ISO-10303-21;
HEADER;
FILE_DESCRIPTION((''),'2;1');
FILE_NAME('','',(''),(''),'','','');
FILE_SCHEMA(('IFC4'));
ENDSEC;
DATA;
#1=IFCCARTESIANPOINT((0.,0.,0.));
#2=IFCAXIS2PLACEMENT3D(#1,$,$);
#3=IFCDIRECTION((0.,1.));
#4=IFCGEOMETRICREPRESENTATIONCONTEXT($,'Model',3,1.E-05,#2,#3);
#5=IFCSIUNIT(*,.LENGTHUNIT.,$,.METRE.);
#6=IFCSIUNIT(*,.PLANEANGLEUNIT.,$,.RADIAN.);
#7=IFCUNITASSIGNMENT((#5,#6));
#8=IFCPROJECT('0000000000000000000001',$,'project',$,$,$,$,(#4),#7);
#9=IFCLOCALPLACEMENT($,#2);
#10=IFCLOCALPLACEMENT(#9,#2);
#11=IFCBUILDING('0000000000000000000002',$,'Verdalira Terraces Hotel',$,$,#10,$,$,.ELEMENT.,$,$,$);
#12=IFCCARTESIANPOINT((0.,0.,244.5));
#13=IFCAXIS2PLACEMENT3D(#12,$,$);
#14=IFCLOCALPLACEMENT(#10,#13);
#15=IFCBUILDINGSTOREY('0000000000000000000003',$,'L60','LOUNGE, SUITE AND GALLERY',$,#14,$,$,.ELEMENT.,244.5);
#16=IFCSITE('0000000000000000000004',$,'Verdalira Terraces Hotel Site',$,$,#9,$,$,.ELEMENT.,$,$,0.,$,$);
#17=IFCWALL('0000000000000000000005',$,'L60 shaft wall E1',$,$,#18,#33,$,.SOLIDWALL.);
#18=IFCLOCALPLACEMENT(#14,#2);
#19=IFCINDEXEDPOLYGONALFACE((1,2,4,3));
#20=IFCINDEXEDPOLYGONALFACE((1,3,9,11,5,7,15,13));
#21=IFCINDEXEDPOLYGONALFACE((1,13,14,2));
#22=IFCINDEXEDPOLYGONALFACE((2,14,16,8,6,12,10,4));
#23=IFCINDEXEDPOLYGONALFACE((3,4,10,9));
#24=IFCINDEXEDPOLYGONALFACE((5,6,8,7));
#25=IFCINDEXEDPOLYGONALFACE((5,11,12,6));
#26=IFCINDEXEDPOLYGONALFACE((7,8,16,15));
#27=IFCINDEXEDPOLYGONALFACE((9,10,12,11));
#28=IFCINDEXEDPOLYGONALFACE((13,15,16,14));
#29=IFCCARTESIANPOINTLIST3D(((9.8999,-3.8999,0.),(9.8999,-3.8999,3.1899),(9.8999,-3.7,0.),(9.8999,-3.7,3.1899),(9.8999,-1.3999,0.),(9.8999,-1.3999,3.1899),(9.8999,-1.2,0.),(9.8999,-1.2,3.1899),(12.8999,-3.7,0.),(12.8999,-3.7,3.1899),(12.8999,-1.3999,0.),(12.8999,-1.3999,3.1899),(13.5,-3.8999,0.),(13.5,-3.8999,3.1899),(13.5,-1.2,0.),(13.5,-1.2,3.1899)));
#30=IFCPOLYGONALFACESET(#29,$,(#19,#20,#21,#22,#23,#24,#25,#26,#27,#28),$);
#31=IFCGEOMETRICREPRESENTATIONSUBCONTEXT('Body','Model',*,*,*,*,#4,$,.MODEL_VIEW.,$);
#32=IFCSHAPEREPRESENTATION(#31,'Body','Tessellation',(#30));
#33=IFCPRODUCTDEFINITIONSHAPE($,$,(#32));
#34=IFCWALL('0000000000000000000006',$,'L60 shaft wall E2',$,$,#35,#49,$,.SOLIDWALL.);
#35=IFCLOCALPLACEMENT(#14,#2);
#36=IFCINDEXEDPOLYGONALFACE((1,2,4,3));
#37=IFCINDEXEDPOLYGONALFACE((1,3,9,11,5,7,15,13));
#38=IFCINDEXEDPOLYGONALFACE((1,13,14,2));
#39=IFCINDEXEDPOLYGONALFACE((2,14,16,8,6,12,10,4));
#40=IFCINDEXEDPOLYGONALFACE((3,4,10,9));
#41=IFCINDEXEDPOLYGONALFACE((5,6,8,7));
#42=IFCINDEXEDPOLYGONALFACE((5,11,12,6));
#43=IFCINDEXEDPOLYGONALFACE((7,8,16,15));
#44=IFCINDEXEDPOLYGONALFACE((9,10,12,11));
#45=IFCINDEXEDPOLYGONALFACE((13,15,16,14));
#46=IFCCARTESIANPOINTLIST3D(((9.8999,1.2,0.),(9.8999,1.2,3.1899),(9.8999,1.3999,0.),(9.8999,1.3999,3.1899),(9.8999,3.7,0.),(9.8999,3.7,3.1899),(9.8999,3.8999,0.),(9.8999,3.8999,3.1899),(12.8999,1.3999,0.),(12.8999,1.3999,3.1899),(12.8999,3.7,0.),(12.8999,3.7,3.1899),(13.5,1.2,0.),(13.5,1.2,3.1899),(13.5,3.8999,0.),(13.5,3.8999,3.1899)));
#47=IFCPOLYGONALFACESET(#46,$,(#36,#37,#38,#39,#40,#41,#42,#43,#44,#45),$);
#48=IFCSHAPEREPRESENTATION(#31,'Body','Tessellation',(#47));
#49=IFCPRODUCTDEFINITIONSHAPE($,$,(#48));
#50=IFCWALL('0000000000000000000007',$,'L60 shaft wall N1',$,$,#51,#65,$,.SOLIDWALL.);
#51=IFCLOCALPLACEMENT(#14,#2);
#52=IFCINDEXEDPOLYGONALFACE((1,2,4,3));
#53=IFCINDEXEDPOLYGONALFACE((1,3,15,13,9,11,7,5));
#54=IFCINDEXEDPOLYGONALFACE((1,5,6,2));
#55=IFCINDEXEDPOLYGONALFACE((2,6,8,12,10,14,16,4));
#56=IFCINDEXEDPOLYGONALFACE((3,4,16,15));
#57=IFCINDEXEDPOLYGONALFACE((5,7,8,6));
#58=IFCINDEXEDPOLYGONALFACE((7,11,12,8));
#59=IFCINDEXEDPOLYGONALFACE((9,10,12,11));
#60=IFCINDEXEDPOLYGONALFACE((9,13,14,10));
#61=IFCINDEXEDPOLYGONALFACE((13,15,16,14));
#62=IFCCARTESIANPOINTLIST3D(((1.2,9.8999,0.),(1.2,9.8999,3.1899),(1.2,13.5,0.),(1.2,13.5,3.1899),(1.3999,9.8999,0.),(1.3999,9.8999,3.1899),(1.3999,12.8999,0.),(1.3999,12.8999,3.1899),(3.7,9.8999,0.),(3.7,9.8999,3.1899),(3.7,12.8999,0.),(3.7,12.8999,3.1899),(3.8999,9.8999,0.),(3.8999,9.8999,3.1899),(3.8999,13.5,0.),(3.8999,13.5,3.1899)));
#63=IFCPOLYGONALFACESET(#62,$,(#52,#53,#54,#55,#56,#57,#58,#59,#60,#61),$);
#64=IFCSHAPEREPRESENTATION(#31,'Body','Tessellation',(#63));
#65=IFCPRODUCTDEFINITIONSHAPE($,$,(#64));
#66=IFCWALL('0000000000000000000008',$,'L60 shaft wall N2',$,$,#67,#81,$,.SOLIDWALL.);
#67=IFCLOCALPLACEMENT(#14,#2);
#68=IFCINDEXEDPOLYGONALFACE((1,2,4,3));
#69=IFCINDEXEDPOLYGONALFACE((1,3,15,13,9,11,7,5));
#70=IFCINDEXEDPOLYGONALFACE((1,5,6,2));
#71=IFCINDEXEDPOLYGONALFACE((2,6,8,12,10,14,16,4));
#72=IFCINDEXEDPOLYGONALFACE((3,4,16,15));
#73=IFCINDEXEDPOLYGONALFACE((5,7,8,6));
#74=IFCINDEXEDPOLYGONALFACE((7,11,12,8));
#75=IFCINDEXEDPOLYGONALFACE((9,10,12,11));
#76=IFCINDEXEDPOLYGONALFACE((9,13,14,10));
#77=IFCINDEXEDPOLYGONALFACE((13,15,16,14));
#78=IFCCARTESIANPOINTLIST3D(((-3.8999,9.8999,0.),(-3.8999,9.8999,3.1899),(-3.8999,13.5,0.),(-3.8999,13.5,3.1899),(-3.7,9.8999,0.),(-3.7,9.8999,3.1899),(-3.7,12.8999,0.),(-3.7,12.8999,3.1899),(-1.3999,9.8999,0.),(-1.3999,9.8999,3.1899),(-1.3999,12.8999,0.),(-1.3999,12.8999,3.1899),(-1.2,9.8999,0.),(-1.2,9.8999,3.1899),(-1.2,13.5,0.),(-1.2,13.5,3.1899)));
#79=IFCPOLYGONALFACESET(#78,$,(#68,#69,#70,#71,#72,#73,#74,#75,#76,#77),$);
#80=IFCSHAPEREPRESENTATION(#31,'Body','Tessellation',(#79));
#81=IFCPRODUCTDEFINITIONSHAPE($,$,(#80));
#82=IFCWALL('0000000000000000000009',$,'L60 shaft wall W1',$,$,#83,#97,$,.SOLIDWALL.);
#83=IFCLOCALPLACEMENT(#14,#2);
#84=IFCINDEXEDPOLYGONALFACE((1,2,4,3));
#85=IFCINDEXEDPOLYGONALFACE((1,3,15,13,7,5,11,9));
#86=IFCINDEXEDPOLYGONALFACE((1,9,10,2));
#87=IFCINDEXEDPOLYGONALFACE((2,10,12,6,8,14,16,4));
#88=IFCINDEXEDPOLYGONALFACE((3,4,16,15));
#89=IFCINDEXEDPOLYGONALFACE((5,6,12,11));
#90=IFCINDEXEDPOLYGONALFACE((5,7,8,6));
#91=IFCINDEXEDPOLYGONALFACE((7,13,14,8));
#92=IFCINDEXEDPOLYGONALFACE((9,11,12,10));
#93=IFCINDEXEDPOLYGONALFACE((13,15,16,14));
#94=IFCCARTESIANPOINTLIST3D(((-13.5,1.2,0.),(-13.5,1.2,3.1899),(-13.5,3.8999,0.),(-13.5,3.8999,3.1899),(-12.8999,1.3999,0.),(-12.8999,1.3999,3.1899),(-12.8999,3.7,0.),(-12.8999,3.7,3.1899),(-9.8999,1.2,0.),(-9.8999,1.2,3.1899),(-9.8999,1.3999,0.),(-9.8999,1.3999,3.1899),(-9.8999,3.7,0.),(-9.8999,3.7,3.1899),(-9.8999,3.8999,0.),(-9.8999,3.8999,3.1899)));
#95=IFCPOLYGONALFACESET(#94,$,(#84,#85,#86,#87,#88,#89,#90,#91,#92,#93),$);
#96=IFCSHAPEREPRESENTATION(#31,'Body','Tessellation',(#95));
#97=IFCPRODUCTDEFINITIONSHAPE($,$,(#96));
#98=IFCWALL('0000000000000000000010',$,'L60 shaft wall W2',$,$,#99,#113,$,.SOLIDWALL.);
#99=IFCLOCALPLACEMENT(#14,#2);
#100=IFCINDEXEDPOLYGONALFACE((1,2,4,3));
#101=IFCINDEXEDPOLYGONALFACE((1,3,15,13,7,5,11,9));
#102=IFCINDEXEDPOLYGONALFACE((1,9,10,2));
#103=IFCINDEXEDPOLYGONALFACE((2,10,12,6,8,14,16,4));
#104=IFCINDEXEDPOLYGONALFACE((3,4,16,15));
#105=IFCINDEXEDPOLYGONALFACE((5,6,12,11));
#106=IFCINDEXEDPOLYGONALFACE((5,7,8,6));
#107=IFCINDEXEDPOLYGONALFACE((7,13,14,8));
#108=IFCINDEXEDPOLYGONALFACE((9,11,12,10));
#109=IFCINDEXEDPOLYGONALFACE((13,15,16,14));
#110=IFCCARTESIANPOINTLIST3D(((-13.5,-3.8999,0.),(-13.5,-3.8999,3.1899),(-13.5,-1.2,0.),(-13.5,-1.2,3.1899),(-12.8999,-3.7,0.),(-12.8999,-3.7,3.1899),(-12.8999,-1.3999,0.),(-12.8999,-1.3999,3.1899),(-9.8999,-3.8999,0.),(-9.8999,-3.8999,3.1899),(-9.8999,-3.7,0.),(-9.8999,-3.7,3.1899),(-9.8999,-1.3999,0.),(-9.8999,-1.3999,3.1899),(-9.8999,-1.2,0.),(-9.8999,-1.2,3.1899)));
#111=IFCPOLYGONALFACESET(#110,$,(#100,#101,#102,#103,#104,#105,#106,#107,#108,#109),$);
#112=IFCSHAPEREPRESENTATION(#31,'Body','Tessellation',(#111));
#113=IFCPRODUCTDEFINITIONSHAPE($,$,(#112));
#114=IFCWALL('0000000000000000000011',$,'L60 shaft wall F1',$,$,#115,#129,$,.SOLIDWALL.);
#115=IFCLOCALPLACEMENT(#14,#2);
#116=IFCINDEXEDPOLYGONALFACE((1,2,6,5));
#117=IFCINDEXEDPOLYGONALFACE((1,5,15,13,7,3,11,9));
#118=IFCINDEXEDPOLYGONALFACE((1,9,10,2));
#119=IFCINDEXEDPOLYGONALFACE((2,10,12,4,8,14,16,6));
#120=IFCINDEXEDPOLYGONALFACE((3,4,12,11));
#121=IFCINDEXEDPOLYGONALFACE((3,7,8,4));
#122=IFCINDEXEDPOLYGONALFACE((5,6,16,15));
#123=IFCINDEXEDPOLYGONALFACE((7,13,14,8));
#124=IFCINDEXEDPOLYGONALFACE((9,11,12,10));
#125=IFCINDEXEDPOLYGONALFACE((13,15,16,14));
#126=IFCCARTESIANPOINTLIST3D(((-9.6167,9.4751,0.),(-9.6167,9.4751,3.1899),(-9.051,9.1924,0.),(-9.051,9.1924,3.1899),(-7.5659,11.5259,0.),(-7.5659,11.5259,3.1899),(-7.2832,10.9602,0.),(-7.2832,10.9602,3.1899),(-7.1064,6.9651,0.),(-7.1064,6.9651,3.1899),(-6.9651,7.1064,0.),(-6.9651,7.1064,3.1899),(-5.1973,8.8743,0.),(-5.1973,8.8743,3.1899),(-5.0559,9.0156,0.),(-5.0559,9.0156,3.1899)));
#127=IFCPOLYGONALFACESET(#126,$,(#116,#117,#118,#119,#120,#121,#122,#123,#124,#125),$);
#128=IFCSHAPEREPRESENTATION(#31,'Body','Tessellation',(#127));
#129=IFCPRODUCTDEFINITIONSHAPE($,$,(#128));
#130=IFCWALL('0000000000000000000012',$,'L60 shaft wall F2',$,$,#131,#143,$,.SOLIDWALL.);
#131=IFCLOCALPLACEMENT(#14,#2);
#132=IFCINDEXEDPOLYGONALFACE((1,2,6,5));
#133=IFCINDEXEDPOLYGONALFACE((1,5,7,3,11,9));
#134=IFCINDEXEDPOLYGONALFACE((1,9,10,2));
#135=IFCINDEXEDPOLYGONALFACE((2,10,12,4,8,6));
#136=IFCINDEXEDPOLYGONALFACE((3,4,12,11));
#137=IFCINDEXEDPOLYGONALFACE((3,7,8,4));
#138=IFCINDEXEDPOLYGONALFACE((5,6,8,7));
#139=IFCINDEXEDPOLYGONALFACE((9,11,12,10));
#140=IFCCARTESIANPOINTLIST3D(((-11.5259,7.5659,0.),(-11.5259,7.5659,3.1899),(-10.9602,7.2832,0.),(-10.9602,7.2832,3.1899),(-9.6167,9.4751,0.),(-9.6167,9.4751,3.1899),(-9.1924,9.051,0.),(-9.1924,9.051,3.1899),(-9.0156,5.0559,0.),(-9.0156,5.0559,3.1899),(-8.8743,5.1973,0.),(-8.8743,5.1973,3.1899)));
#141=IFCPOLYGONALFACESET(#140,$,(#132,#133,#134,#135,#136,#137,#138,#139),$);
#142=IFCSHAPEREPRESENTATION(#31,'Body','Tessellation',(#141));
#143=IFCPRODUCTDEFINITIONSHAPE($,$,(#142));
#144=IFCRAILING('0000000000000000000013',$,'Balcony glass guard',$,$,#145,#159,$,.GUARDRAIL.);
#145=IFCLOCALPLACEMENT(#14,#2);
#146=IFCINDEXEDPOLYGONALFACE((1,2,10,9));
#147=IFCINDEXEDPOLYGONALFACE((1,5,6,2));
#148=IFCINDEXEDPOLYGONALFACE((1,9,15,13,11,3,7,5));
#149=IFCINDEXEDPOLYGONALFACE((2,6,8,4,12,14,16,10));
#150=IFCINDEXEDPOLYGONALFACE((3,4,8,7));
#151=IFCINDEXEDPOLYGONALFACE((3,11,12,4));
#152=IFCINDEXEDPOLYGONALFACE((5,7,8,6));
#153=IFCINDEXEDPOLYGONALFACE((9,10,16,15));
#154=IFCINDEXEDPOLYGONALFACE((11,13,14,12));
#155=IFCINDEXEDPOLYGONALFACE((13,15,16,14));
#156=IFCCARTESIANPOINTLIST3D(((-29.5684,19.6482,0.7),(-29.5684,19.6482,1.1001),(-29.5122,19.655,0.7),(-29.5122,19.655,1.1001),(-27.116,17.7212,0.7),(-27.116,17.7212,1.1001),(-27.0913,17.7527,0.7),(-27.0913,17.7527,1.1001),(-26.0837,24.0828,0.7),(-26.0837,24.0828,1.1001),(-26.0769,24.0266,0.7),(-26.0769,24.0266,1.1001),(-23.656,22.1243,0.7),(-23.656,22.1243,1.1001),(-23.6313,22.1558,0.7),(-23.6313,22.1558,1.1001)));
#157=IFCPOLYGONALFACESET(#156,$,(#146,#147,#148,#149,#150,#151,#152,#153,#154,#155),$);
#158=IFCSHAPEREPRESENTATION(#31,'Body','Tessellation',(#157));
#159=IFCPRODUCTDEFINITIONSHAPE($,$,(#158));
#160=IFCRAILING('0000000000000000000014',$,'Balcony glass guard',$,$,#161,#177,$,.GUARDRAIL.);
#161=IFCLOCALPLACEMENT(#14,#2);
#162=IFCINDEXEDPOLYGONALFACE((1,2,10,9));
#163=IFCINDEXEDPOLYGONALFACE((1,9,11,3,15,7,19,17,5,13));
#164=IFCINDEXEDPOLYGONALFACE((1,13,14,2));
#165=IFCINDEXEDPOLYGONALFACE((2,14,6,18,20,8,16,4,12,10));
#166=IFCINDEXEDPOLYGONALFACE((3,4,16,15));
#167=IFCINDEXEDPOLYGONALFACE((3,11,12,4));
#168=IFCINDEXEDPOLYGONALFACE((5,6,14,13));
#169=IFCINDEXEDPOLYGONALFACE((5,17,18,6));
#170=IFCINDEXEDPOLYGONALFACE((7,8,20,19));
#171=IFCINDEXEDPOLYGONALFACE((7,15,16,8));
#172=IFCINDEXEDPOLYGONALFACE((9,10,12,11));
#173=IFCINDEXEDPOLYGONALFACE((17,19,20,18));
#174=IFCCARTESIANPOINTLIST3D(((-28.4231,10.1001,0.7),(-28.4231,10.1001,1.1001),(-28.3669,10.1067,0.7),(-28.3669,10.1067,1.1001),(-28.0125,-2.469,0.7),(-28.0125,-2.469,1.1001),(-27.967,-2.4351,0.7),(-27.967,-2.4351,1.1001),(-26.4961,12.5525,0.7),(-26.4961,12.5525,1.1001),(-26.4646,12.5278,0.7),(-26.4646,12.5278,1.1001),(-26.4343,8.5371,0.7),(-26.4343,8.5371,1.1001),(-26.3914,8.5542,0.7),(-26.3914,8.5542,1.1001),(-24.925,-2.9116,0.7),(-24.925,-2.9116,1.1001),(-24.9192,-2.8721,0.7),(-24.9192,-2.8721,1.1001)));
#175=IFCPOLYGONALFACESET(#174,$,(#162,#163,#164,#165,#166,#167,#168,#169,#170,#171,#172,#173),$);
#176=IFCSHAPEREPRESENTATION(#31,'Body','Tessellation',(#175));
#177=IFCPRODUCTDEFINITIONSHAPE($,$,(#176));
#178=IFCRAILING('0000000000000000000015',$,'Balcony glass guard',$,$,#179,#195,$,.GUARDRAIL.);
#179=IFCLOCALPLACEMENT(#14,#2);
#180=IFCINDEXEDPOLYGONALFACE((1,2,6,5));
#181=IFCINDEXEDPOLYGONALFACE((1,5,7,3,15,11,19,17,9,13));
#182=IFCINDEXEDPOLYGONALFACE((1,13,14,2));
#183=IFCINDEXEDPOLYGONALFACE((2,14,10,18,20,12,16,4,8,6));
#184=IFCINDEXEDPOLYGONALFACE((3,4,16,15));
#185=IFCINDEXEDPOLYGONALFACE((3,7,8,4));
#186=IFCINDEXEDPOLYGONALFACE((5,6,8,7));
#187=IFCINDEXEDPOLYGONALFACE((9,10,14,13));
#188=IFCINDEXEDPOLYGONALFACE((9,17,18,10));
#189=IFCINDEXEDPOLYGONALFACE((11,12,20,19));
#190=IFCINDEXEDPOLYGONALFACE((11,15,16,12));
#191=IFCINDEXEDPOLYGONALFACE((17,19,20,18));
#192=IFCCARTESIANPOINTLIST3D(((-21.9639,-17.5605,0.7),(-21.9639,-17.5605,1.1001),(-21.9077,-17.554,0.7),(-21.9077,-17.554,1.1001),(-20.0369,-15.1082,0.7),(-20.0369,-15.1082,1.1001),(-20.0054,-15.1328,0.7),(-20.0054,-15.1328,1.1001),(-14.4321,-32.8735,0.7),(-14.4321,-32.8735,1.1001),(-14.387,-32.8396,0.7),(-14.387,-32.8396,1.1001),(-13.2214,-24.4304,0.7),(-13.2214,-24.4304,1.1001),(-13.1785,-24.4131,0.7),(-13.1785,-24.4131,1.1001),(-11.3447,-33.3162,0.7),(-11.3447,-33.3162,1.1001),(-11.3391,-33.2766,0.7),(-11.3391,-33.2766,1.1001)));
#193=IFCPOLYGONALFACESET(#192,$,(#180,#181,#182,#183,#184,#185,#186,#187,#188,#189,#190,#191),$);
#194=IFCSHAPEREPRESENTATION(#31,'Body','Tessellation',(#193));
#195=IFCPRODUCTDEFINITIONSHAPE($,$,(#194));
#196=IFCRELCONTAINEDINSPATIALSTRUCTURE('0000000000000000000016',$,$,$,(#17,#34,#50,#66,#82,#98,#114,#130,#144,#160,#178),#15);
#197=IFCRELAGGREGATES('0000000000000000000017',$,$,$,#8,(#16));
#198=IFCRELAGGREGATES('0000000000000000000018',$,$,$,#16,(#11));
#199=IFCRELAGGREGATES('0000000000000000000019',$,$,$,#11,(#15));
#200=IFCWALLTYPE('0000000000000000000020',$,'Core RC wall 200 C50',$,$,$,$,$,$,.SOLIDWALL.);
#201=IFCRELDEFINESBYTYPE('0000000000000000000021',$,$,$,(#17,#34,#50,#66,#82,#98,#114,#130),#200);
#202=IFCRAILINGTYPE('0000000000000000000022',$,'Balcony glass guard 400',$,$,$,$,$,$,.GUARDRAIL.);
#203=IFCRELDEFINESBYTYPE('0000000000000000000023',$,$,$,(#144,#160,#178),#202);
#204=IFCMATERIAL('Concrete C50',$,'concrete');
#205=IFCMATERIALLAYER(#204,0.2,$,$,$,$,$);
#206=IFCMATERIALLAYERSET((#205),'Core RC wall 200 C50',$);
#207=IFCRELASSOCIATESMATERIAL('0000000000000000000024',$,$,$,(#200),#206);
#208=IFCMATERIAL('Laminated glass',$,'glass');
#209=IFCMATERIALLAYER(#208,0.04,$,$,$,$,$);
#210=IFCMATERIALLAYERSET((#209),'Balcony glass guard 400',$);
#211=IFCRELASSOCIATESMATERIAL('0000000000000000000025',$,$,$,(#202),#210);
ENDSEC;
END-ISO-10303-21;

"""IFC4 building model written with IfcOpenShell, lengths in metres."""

from ifc_helpers import new_model, si_unit, direction, frame, origin, place, context, subcontext, project, spatial, polyline, outline, extrude, material, layer, layer_set, type_object, element, save


model = new_model("IFC4")

# Units and contexts
model_context = context("Model", 3, precision=1e-05, world=origin(), true_north=direction((0.0, 1.0)))
body_context = subcontext(model_context, "Body", "Model", "MODEL_VIEW")
ifc_project = project(units=[si_unit("LENGTHUNIT", "METRE"), si_unit("PLANEANGLEUNIT", "RADIAN")], contexts=[model_context])

# Site, building, storey
site_placement = place(None, origin())
site = spatial("IfcSite", under=ifc_project, at=site_placement, Name="Verdalira Terraces Hotel Site", CompositionType="ELEMENT", RefElevation=0.0)
building_placement = place(site_placement, origin())
building = spatial("IfcBuilding", under=site, at=building_placement, Name="Verdalira Terraces Hotel", CompositionType="ELEMENT")
storey_placement = place(building_placement, frame((0.0, 0.0, 244.5)))
storey = spatial("IfcBuildingStorey", under=building, at=storey_placement, Name="L60", Description="LOUNGE, SUITE AND GALLERY", CompositionType="ELEMENT", Elevation=244.5)

# Walls
ifc_material_1 = material(Name="Concrete C50", Category="concrete")
ifc_layer_1 = layer(ifc_material_1, 0.2)
ifc_layer_set_1 = layer_set([ifc_layer_1], Name="Core RC wall 200 C50")
wall_type = type_object("IfcWallType", Name="Core RC wall 200 C50", PredefinedType="SOLIDWALL", material=ifc_layer_set_1)
wall_1_placement = place(storey_placement, origin())
element("IfcWall", 1, at=wall_1_placement, inside=storey, type_object=wall_type, Name="L60 shaft wall E1", PredefinedType="SOLIDWALL", context=body_context, shape_type="SweptSolid", body=[
    extrude(outline(polyline([(13.5, -3.8999), (9.8999, -3.8999), (9.8999, -3.7), (12.8999, -3.7), (12.8999, -1.3999), (9.8999, -1.3999), (9.8999, -1.2), (13.5, -1.2), (13.5, -3.8999)])), origin(), (0.0, 0.0, 1.0), 3.1899),
])
wall_2_placement = place(storey_placement, origin())
element("IfcWall", 2, at=wall_2_placement, inside=storey, type_object=wall_type, Name="L60 shaft wall E2", PredefinedType="SOLIDWALL", context=body_context, shape_type="SweptSolid", body=[
    extrude(outline(polyline([(13.5, 3.8999), (13.5, 1.2), (9.8999, 1.2), (9.8999, 1.3999), (12.8999, 1.3999), (12.8999, 3.7), (9.8999, 3.7), (9.8999, 3.8999), (13.5, 3.8999)])), origin(), (0.0, 0.0, 1.0), 3.1899),
])
wall_3_placement = place(storey_placement, origin())
element("IfcWall", 3, at=wall_3_placement, inside=storey, type_object=wall_type, Name="L60 shaft wall N1", PredefinedType="SOLIDWALL", context=body_context, shape_type="SweptSolid", body=[
    extrude(outline(polyline([(3.8999, 9.8999), (3.7, 9.8999), (3.7, 12.8999), (1.3999, 12.8999), (1.3999, 9.8999), (1.2, 9.8999), (1.2, 13.5), (3.8999, 13.5), (3.8999, 9.8999)])), origin(), (0.0, 0.0, 1.0), 3.1899),
])
wall_4_placement = place(storey_placement, origin())
element("IfcWall", 4, at=wall_4_placement, inside=storey, type_object=wall_type, Name="L60 shaft wall N2", PredefinedType="SOLIDWALL", context=body_context, shape_type="SweptSolid", body=[
    extrude(outline(polyline([(-3.8999, 13.5), (-1.2, 13.5), (-1.2, 9.8999), (-1.3999, 9.8999), (-1.3999, 12.8999), (-3.7, 12.8999), (-3.7, 9.8999), (-3.8999, 9.8999), (-3.8999, 13.5)])), origin(), (0.0, 0.0, 1.0), 3.1899),
])
wall_5_placement = place(storey_placement, origin())
element("IfcWall", 5, at=wall_5_placement, inside=storey, type_object=wall_type, Name="L60 shaft wall W1", PredefinedType="SOLIDWALL", context=body_context, shape_type="SweptSolid", body=[
    extrude(outline(polyline([(-13.5, 3.8999), (-9.8999, 3.8999), (-9.8999, 3.7), (-12.8999, 3.7), (-12.8999, 1.3999), (-9.8999, 1.3999), (-9.8999, 1.2), (-13.5, 1.2), (-13.5, 3.8999)])), origin(), (0.0, 0.0, 1.0), 3.1899),
])
wall_6_placement = place(storey_placement, origin())
element("IfcWall", 6, at=wall_6_placement, inside=storey, type_object=wall_type, Name="L60 shaft wall W2", PredefinedType="SOLIDWALL", context=body_context, shape_type="SweptSolid", body=[
    extrude(outline(polyline([(-13.5, -3.8999), (-13.5, -1.2), (-9.8999, -1.2), (-9.8999, -1.3999), (-12.8999, -1.3999), (-12.8999, -3.7), (-9.8999, -3.7), (-9.8999, -3.8999), (-13.5, -3.8999)])), origin(), (0.0, 0.0, 1.0), 3.1899),
])
wall_7_placement = place(storey_placement, origin())
element("IfcWall", 7, at=wall_7_placement, inside=storey, type_object=wall_type, Name="L60 shaft wall F1", PredefinedType="SOLIDWALL", context=body_context, shape_type="SweptSolid", body=[
    extrude(outline(polyline([(-9.6167, 9.4751), (-7.5659, 11.5259), (-5.0559, 9.0156), (-5.1973, 8.8743), (-7.2832, 10.9602), (-9.051, 9.1924), (-6.9651, 7.1064), (-7.1064, 6.9651), (-9.6167, 9.4751)])), origin(), (0.0, 0.0, 1.0), 3.1899),
])
wall_8_placement = place(storey_placement, origin())
element("IfcWall", 8, at=wall_8_placement, inside=storey, type_object=wall_type, Name="L60 shaft wall F2", PredefinedType="SOLIDWALL", context=body_context, shape_type="SweptSolid", body=[
    extrude(outline(polyline([(-11.5259, 7.5659), (-9.6167, 9.4751), (-9.1924, 9.051), (-10.9602, 7.2832), (-8.8743, 5.1973), (-9.0156, 5.0559), (-11.5259, 7.5659)])), origin(), (0.0, 0.0, 1.0), 3.1899),
])

# Railings
ifc_material_2 = material(Name="Laminated glass", Category="glass")
ifc_layer_2 = layer(ifc_material_2, 0.04)
ifc_layer_set_2 = layer_set([ifc_layer_2], Name="Balcony glass guard 400")
railing_type = type_object("IfcRailingType", Name="Balcony glass guard 400", PredefinedType="GUARDRAIL", material=ifc_layer_set_2)
railing_1_placement = place(storey_placement, frame((0.0, 0.0, 0.7)))
element("IfcRailing", 9, at=railing_1_placement, inside=storey, type_object=railing_type, Name="Balcony glass guard", PredefinedType="GUARDRAIL", context=body_context, shape_type="SweptSolid", body=[
    extrude(outline(polyline([(-26.0769, 24.0266), (-29.5122, 19.655), (-27.0913, 17.7527), (-27.116, 17.7212), (-29.5684, 19.6482), (-26.0837, 24.0828), (-23.6313, 22.1558), (-23.656, 22.1243), (-26.0769, 24.0266)])), origin(), (0.0, 0.0, 1.0), 0.4001),
])
railing_2_placement = place(storey_placement, frame((0.0, 0.0, 0.7)))
element("IfcRailing", 10, at=railing_2_placement, inside=storey, type_object=railing_type, Name="Balcony glass guard", PredefinedType="GUARDRAIL", context=body_context, shape_type="SweptSolid", body=[
    extrude(outline(polyline([(-28.3669, 10.1067), (-26.3914, 8.5542), (-27.967, -2.4351), (-24.9192, -2.8721), (-24.925, -2.9116), (-28.0125, -2.469), (-26.4343, 8.5371), (-28.4231, 10.1001), (-26.4961, 12.5525), (-26.4646, 12.5278), (-28.3669, 10.1067)])), origin(), (0.0, 0.0, 1.0), 0.4001),
])
railing_3_placement = place(storey_placement, frame((0.0, 0.0, 0.7)))
element("IfcRailing", 11, at=railing_3_placement, inside=storey, type_object=railing_type, Name="Balcony glass guard", PredefinedType="GUARDRAIL", context=body_context, shape_type="SweptSolid", body=[
    extrude(outline(polyline([(-21.9077, -17.554), (-13.1785, -24.4131), (-14.387, -32.8396), (-11.3391, -33.2766), (-11.3447, -33.3162), (-14.4321, -32.8735), (-13.2214, -24.4304), (-21.9639, -17.5605), (-20.0369, -15.1082), (-20.0054, -15.1328), (-21.9077, -17.554)])), origin(), (0.0, 0.0, 1.0), 0.4001),
])

save(model, "model.ifc")
